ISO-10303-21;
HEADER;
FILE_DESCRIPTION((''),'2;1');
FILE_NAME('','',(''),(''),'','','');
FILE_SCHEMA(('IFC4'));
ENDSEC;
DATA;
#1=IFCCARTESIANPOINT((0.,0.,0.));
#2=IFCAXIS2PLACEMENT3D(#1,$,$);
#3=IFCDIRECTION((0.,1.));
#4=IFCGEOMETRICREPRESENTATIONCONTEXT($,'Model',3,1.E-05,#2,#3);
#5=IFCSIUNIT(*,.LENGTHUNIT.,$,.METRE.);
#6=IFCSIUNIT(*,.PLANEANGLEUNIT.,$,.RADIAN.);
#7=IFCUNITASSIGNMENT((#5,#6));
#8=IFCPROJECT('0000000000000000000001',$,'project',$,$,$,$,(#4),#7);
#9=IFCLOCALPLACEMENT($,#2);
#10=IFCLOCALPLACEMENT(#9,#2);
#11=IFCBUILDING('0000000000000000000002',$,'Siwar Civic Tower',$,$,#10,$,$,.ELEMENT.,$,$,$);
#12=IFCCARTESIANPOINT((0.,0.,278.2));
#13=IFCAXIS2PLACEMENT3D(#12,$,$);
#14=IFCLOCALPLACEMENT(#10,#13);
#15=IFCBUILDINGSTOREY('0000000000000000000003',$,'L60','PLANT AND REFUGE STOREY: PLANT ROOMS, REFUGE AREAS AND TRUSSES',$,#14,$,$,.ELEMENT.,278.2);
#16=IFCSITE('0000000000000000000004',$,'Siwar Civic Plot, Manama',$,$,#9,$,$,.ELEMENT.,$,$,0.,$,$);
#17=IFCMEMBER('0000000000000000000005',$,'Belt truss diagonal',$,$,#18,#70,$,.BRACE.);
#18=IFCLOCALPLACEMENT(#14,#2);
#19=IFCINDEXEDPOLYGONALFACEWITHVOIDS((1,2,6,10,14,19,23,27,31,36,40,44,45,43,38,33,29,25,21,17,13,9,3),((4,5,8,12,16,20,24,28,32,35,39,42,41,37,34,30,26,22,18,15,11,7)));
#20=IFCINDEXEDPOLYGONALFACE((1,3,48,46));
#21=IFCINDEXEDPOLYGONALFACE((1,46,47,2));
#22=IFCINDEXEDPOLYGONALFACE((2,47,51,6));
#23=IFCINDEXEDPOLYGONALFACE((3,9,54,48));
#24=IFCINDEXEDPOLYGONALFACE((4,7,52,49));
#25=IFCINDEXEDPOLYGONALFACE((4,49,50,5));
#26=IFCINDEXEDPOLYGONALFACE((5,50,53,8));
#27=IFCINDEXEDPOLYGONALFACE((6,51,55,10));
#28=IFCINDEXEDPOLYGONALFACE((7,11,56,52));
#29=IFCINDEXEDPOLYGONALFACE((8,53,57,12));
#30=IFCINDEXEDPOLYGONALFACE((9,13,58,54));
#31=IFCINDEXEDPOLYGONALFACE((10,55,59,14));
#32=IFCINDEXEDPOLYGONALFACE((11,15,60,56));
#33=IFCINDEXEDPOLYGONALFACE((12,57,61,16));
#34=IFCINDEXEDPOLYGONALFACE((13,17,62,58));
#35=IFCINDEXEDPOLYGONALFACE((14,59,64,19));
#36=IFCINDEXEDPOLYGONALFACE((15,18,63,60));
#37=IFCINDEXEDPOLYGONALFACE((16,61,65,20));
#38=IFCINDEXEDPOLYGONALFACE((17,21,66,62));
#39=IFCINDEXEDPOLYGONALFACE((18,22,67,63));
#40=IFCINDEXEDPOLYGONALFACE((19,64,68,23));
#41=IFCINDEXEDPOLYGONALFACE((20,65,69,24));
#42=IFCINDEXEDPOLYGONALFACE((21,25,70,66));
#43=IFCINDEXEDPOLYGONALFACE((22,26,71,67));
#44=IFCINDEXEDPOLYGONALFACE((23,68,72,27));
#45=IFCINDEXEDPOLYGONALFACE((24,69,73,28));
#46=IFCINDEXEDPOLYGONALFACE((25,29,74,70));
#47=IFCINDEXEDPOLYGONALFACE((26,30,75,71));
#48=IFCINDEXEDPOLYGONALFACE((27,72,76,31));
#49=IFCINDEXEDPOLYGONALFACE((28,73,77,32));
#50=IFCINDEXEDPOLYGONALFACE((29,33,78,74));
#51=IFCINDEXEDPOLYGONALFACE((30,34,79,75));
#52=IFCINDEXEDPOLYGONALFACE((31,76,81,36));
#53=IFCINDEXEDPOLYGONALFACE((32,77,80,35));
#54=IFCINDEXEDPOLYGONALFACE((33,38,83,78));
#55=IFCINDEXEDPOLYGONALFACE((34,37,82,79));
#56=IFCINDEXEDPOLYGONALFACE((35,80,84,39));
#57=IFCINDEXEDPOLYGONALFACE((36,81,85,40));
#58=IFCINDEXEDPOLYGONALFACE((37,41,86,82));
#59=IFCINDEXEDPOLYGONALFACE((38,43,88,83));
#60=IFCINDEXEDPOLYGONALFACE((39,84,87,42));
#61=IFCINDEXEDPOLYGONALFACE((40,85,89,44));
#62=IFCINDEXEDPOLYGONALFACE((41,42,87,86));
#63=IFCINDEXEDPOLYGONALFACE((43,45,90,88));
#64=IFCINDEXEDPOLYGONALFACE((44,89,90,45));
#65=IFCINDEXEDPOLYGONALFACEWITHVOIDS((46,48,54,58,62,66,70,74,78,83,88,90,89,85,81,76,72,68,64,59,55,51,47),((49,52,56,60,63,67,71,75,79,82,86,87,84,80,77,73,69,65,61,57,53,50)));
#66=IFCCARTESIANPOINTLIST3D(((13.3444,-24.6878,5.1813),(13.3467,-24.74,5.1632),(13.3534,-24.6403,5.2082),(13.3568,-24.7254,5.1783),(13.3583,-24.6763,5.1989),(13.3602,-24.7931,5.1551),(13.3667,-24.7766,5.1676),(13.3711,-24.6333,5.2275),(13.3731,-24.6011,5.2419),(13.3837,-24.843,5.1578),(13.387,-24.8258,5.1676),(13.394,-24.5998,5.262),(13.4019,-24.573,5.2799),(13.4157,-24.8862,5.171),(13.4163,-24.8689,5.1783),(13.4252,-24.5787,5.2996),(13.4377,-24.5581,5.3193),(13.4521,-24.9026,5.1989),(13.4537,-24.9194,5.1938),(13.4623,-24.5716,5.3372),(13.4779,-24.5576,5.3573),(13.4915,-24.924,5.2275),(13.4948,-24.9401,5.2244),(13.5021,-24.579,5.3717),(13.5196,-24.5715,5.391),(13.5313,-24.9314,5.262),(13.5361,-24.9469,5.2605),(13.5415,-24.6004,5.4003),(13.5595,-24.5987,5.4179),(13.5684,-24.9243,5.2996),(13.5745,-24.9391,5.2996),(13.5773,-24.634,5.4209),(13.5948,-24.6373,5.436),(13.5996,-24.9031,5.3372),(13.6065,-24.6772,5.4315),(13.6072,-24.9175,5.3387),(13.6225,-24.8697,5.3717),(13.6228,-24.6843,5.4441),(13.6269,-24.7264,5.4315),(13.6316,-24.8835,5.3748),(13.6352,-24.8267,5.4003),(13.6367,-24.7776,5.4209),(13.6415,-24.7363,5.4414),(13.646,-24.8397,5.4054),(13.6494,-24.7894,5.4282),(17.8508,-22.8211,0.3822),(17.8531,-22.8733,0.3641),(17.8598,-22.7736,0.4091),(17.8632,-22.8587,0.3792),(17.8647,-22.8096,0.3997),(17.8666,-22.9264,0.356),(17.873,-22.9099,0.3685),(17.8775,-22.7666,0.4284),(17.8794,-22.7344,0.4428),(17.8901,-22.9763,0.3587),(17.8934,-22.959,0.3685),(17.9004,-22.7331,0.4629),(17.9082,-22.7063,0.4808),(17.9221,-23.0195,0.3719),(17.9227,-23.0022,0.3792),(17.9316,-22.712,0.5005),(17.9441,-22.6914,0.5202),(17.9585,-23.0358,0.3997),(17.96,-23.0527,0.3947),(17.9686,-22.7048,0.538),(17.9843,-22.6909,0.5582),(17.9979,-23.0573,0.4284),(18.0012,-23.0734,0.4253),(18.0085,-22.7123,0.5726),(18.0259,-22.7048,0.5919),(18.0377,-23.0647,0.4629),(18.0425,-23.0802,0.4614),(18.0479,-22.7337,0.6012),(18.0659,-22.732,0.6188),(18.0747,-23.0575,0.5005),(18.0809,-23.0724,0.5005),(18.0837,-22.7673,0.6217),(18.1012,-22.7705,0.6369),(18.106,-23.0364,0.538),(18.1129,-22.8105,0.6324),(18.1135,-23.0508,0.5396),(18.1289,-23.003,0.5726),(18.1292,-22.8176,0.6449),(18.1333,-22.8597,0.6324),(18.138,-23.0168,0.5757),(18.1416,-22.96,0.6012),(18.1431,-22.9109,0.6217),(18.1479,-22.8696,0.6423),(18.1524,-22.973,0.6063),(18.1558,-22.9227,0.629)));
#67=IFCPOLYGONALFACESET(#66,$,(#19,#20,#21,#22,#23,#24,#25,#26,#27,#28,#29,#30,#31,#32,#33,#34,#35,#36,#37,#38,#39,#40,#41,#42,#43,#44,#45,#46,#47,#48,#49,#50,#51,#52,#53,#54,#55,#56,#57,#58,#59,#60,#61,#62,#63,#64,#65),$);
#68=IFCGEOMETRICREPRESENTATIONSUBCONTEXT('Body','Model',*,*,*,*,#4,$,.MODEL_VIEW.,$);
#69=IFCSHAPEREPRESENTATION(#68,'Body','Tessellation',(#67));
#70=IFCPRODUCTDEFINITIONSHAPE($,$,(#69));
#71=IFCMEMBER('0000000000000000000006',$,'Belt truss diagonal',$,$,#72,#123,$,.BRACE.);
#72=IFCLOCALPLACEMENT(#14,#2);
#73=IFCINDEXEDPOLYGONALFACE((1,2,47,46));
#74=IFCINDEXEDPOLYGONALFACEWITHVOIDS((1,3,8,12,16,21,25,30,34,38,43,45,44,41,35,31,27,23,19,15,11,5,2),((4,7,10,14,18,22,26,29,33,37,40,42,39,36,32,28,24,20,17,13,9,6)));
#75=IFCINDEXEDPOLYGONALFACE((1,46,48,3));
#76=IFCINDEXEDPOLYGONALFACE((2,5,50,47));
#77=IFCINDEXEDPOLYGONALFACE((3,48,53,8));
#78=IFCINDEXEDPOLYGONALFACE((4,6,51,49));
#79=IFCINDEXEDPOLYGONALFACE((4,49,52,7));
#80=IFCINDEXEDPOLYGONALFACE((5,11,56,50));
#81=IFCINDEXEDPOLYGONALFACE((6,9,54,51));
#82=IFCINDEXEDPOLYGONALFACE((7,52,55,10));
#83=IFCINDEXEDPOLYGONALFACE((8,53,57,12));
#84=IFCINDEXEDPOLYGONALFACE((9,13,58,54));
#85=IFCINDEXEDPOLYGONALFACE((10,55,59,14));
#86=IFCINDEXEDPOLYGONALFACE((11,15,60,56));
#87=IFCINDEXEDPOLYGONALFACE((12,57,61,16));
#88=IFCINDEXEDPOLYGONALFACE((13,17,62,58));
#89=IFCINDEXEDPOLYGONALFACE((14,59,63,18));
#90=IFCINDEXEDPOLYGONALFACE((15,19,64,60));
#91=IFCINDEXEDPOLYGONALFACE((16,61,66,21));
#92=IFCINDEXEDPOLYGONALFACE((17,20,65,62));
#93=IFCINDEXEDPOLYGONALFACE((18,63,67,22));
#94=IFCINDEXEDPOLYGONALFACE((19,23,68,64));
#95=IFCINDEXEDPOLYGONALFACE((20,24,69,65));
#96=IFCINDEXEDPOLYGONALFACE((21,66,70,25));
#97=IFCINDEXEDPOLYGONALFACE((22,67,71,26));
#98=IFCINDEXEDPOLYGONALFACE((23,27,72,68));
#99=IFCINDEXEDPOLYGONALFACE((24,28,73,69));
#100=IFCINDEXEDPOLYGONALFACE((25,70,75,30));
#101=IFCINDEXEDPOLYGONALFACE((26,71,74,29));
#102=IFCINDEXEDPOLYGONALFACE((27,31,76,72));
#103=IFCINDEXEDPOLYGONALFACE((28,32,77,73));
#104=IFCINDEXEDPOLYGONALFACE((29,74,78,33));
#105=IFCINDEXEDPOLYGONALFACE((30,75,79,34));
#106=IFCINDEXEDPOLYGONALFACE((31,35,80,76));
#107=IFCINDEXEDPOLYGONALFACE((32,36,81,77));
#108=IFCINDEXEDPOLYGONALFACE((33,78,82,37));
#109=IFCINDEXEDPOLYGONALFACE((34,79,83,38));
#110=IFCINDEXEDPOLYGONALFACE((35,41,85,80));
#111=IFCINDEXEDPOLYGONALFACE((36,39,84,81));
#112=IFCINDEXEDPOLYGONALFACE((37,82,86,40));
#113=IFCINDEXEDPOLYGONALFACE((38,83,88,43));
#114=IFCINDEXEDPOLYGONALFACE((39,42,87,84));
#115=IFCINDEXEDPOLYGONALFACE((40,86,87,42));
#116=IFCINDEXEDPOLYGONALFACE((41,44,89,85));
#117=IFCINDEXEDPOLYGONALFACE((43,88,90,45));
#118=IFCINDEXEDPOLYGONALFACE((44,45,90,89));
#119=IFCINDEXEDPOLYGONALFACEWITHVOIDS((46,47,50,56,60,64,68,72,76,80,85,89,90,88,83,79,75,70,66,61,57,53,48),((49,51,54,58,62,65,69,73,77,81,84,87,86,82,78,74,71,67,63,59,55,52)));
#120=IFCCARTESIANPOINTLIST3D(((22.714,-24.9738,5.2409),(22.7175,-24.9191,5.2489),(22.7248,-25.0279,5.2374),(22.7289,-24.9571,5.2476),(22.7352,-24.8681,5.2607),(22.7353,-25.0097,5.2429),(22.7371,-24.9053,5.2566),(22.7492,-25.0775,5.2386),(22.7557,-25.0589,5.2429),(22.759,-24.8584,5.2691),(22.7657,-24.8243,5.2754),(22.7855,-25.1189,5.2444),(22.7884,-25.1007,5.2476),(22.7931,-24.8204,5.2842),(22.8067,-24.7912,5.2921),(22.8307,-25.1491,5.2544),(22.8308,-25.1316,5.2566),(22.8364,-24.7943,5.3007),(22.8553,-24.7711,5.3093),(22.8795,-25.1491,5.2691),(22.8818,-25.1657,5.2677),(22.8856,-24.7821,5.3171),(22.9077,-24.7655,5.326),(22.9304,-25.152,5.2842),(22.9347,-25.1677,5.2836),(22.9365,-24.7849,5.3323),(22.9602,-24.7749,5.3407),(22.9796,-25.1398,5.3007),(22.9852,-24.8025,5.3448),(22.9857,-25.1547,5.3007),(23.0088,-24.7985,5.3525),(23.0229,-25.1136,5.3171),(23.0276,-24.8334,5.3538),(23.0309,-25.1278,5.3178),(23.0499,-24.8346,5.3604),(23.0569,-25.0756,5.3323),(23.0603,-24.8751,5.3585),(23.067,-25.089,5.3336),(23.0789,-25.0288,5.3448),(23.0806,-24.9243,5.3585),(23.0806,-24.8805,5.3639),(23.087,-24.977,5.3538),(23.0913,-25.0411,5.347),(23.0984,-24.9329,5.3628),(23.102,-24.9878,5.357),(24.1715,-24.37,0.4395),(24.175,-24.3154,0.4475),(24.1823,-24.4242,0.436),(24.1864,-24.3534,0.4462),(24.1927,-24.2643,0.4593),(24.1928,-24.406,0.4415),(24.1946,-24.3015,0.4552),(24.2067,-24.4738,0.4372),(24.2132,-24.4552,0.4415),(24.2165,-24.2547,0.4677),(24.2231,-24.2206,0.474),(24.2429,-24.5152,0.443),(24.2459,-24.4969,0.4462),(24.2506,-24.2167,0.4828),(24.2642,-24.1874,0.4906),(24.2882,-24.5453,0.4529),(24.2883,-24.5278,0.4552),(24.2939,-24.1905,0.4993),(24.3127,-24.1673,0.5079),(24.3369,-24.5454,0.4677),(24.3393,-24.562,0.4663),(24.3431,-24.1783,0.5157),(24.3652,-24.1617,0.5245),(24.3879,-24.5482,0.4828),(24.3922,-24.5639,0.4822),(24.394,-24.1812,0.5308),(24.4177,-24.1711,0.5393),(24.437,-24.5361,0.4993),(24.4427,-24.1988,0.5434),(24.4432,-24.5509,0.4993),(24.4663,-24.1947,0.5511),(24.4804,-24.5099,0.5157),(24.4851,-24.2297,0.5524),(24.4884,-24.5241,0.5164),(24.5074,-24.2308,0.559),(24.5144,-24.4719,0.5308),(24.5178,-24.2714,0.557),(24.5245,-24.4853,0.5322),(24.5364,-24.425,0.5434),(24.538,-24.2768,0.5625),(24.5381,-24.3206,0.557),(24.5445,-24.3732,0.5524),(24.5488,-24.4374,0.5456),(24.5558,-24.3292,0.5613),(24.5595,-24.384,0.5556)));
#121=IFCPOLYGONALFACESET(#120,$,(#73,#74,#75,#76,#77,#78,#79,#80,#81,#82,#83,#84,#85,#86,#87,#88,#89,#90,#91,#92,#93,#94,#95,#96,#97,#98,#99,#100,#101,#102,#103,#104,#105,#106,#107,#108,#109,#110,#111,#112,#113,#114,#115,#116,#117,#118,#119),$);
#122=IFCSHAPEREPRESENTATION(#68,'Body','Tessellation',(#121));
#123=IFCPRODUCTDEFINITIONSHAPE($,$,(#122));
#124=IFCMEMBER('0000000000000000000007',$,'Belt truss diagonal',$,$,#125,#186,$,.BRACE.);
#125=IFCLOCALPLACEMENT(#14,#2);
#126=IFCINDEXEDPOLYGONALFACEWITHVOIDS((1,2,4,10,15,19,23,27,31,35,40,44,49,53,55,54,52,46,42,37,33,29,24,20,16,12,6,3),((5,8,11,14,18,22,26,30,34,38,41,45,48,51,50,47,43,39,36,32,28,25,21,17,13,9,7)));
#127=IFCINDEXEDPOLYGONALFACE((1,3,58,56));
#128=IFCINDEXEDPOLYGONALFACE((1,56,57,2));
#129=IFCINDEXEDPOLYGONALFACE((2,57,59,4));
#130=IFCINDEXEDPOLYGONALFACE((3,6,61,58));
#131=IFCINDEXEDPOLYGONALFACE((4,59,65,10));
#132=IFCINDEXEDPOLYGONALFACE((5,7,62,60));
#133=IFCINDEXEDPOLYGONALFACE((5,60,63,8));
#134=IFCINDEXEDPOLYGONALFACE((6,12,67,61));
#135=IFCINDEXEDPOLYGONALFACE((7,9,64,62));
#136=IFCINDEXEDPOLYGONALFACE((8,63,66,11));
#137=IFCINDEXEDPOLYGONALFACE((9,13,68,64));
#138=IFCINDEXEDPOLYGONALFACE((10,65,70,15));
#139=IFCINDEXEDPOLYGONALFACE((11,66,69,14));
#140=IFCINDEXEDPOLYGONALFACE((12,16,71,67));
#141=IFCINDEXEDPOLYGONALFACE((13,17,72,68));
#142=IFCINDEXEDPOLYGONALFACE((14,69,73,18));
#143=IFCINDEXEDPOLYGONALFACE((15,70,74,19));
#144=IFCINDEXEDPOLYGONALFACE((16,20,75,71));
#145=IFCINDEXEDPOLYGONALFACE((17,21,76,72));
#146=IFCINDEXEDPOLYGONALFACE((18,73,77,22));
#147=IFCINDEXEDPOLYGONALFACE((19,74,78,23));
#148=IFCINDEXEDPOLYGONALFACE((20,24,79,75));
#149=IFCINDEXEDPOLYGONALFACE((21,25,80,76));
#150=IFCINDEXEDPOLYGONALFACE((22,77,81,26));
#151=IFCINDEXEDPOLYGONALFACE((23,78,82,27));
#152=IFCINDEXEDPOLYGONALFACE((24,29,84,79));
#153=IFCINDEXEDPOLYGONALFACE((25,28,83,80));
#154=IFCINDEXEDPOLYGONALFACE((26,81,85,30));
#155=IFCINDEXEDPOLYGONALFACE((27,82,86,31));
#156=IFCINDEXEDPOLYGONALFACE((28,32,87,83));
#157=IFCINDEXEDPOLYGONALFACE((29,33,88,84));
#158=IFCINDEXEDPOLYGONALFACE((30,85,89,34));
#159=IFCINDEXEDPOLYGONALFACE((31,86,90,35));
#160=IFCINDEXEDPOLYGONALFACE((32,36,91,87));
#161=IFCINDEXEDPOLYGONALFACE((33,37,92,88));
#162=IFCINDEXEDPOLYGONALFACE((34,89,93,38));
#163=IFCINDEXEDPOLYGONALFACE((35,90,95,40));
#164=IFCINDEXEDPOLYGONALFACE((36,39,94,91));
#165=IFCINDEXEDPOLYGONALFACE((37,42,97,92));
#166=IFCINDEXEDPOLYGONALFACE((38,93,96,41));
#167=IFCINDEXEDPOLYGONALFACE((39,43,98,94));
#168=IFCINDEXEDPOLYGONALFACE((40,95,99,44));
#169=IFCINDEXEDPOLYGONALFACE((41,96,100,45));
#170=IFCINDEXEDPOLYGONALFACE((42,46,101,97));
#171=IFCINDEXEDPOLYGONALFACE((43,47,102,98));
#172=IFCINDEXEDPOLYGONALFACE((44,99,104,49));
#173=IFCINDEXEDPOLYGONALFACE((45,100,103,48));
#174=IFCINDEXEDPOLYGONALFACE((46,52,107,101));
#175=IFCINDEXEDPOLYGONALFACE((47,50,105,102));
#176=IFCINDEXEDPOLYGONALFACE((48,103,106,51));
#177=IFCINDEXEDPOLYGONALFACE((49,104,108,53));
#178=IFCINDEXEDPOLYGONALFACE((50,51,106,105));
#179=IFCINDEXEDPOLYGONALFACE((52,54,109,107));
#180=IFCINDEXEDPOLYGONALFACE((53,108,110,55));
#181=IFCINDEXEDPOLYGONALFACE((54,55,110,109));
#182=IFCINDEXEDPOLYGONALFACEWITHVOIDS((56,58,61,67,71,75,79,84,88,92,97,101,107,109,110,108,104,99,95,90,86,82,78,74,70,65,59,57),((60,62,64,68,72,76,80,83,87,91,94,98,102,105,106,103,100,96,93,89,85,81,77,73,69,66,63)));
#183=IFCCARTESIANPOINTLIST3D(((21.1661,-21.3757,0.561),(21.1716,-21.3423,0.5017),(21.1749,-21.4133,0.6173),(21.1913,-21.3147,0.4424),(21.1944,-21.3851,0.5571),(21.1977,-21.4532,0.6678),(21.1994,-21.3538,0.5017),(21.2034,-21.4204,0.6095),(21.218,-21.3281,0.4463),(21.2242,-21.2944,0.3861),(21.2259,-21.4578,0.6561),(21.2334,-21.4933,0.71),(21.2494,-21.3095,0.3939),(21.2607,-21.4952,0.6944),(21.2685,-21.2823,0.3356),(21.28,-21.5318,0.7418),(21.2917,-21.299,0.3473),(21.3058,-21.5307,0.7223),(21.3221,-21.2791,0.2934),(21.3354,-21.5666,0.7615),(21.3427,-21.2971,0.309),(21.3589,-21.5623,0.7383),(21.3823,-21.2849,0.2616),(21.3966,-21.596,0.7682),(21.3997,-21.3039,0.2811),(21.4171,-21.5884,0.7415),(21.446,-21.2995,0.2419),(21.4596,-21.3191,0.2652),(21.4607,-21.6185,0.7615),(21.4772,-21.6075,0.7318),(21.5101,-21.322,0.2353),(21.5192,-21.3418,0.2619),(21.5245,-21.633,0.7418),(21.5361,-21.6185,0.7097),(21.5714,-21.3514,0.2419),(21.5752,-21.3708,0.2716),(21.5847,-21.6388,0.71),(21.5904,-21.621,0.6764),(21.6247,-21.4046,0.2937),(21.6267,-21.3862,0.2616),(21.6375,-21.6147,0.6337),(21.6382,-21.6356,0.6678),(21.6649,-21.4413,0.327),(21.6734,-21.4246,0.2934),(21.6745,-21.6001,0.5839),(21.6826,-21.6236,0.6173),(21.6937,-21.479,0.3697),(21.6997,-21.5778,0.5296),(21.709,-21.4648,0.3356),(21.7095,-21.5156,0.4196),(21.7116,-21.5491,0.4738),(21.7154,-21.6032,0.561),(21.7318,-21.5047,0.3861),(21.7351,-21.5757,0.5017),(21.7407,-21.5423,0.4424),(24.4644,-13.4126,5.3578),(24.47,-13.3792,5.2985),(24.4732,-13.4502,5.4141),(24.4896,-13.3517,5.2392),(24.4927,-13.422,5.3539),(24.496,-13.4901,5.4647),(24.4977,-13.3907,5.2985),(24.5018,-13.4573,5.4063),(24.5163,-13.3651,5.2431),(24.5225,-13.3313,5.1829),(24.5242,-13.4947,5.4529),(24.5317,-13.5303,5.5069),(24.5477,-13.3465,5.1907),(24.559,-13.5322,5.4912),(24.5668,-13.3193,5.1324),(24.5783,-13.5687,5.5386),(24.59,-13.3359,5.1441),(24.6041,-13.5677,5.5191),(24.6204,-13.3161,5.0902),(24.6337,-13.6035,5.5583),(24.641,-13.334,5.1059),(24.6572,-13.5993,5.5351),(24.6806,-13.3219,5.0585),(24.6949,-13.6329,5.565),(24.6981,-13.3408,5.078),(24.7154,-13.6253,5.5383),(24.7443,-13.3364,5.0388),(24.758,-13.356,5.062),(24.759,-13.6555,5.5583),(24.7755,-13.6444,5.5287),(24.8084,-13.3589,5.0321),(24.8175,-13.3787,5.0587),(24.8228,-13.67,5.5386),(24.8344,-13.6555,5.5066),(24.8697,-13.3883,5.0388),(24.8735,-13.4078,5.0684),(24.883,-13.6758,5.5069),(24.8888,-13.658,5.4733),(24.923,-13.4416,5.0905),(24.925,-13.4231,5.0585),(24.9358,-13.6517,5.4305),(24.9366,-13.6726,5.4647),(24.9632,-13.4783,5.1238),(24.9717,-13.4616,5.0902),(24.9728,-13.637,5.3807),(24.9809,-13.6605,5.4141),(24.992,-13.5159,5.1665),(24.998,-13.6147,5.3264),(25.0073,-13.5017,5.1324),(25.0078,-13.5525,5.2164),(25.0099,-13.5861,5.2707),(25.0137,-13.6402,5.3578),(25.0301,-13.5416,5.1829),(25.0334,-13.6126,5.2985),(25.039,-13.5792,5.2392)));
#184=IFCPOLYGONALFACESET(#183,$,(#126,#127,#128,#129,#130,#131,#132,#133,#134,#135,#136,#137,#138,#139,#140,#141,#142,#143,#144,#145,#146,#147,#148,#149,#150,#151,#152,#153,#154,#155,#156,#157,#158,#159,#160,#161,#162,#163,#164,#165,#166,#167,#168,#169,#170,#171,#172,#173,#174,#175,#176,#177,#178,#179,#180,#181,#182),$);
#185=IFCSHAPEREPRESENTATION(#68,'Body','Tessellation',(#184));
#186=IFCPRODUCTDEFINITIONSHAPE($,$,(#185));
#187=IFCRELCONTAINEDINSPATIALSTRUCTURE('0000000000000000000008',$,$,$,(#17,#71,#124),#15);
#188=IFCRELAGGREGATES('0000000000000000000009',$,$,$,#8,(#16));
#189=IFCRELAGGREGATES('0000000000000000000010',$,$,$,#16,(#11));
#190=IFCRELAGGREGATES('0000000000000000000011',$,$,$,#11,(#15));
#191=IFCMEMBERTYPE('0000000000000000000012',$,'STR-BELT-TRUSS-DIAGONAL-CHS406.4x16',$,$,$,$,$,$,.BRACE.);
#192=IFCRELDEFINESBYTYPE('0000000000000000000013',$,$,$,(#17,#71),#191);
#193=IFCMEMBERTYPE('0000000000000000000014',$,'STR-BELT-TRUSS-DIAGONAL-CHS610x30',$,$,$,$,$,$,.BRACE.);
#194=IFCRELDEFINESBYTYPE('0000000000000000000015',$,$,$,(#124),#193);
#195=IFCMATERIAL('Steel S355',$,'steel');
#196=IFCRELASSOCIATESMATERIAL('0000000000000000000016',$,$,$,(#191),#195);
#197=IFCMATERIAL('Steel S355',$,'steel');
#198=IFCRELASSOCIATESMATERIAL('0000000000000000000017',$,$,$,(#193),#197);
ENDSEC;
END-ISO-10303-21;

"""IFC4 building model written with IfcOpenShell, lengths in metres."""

from ifc_helpers import new_model, si_unit, direction, frame, origin, origin_2d, place, context, subcontext, project, spatial, hollow_circle, extrude, material, material_profile, profile_set, type_object, element, save


model = new_model("IFC4")

# Units and contexts
model_context = context("Model", 3, precision=1e-05, world=origin(), true_north=direction((0.0, 1.0)))
body_context = subcontext(model_context, "Body", "Model", "MODEL_VIEW")
ifc_project = project(units=[si_unit("LENGTHUNIT", "METRE"), si_unit("PLANEANGLEUNIT", "RADIAN")], contexts=[model_context])

# Site, building, storey
site_placement = place(None, origin())
site = spatial("IfcSite", under=ifc_project, at=site_placement, Name="Siwar Civic Plot, Manama", CompositionType="ELEMENT", RefElevation=0.0)
building_placement = place(site_placement, origin())
building = spatial("IfcBuilding", under=site, at=building_placement, Name="Siwar Civic Tower", CompositionType="ELEMENT")
storey_placement = place(building_placement, frame((0.0, 0.0, 278.2)))
storey = spatial("IfcBuildingStorey", under=building, at=storey_placement, Name="L60", Description="PLANT AND REFUGE STOREY: PLANT ROOMS, REFUGE AREAS AND TRUSSES", CompositionType="ELEMENT", Elevation=278.2)

# Members
ifc_material_1 = material(Name="Steel S355", Category="steel")
ifc_material_profile_1 = material_profile(ifc_material_1, hollow_circle(Radius=0.2031, WallThickness=0.0161, at=origin_2d()), Name="CHS406.4x16")
ifc_profile_set_1 = profile_set([ifc_material_profile_1], Name="Steel S355")
member_type_1 = type_object("IfcMemberType", Name="STR-BELT-TRUSS-DIAGONAL-CHS406.4x16", PredefinedType="BRACE", material=ifc_profile_set_1)
member_1_placement = place(storey_placement, frame((18.0032, -22.8848, 0.5005), z_axis=(-0.658561, -0.272801, 0.70134), x_axis=(0.382702, -0.923872, 0.0)))
element("IfcMember", 1, at=member_1_placement, inside=storey, type_object=member_type_1, Name="Belt truss diagonal", PredefinedType="BRACE", context=body_context, shape_type="SweptSolid", body=[
    extrude(hollow_circle(Radius=0.2031, WallThickness=0.0161, at=origin_2d()), origin(), (0.0, 0.0, 1.0), 6.8428),
])
member_2_placement = place(storey_placement, frame((24.3655, -24.3633, 0.4993), z_axis=(-0.288386, -0.119461, 0.950033), x_axis=(0.382703, -0.923872, 0.0)))
element("IfcMember", 2, at=member_2_placement, inside=storey, type_object=member_type_1, Name="Belt truss diagonal", PredefinedType="BRACE", context=body_context, shape_type="SweptSolid", body=[
    extrude(hollow_circle(Radius=0.2031, WallThickness=0.0161, at=origin_2d()), origin(), (0.0, 0.0, 1.0), 5.054),
])
ifc_material_2 = material(Name="Steel S355", Category="steel")
ifc_material_profile_2 = material_profile(ifc_material_2, hollow_circle(Radius=0.3049, WallThickness=0.03, at=origin_2d()), Name="CHS610x30")
ifc_profile_set_2 = profile_set([ifc_material_profile_2], Name="Steel S355")
member_type_2 = type_object("IfcMemberType", Name="STR-BELT-TRUSS-DIAGONAL-CHS610x30", PredefinedType="BRACE", material=ifc_profile_set_2)
member_3_placement = place(storey_placement, frame((21.4534, -21.459, 0.5017), z_axis=(0.334378, 0.807284, 0.486296), x_axis=(-0.923884, 0.382674, 0.0)))
element("IfcMember", 3, at=member_3_placement, inside=storey, type_object=member_type_2, Name="Belt truss diagonal", PredefinedType="BRACE", context=body_context, shape_type="SweptSolid", body=[
    extrude(hollow_circle(Radius=0.3049, WallThickness=0.03, at=origin_2d()), origin(), (0.0, 0.0, 1.0), 9.864),
])

save(model, "model.ifc")
